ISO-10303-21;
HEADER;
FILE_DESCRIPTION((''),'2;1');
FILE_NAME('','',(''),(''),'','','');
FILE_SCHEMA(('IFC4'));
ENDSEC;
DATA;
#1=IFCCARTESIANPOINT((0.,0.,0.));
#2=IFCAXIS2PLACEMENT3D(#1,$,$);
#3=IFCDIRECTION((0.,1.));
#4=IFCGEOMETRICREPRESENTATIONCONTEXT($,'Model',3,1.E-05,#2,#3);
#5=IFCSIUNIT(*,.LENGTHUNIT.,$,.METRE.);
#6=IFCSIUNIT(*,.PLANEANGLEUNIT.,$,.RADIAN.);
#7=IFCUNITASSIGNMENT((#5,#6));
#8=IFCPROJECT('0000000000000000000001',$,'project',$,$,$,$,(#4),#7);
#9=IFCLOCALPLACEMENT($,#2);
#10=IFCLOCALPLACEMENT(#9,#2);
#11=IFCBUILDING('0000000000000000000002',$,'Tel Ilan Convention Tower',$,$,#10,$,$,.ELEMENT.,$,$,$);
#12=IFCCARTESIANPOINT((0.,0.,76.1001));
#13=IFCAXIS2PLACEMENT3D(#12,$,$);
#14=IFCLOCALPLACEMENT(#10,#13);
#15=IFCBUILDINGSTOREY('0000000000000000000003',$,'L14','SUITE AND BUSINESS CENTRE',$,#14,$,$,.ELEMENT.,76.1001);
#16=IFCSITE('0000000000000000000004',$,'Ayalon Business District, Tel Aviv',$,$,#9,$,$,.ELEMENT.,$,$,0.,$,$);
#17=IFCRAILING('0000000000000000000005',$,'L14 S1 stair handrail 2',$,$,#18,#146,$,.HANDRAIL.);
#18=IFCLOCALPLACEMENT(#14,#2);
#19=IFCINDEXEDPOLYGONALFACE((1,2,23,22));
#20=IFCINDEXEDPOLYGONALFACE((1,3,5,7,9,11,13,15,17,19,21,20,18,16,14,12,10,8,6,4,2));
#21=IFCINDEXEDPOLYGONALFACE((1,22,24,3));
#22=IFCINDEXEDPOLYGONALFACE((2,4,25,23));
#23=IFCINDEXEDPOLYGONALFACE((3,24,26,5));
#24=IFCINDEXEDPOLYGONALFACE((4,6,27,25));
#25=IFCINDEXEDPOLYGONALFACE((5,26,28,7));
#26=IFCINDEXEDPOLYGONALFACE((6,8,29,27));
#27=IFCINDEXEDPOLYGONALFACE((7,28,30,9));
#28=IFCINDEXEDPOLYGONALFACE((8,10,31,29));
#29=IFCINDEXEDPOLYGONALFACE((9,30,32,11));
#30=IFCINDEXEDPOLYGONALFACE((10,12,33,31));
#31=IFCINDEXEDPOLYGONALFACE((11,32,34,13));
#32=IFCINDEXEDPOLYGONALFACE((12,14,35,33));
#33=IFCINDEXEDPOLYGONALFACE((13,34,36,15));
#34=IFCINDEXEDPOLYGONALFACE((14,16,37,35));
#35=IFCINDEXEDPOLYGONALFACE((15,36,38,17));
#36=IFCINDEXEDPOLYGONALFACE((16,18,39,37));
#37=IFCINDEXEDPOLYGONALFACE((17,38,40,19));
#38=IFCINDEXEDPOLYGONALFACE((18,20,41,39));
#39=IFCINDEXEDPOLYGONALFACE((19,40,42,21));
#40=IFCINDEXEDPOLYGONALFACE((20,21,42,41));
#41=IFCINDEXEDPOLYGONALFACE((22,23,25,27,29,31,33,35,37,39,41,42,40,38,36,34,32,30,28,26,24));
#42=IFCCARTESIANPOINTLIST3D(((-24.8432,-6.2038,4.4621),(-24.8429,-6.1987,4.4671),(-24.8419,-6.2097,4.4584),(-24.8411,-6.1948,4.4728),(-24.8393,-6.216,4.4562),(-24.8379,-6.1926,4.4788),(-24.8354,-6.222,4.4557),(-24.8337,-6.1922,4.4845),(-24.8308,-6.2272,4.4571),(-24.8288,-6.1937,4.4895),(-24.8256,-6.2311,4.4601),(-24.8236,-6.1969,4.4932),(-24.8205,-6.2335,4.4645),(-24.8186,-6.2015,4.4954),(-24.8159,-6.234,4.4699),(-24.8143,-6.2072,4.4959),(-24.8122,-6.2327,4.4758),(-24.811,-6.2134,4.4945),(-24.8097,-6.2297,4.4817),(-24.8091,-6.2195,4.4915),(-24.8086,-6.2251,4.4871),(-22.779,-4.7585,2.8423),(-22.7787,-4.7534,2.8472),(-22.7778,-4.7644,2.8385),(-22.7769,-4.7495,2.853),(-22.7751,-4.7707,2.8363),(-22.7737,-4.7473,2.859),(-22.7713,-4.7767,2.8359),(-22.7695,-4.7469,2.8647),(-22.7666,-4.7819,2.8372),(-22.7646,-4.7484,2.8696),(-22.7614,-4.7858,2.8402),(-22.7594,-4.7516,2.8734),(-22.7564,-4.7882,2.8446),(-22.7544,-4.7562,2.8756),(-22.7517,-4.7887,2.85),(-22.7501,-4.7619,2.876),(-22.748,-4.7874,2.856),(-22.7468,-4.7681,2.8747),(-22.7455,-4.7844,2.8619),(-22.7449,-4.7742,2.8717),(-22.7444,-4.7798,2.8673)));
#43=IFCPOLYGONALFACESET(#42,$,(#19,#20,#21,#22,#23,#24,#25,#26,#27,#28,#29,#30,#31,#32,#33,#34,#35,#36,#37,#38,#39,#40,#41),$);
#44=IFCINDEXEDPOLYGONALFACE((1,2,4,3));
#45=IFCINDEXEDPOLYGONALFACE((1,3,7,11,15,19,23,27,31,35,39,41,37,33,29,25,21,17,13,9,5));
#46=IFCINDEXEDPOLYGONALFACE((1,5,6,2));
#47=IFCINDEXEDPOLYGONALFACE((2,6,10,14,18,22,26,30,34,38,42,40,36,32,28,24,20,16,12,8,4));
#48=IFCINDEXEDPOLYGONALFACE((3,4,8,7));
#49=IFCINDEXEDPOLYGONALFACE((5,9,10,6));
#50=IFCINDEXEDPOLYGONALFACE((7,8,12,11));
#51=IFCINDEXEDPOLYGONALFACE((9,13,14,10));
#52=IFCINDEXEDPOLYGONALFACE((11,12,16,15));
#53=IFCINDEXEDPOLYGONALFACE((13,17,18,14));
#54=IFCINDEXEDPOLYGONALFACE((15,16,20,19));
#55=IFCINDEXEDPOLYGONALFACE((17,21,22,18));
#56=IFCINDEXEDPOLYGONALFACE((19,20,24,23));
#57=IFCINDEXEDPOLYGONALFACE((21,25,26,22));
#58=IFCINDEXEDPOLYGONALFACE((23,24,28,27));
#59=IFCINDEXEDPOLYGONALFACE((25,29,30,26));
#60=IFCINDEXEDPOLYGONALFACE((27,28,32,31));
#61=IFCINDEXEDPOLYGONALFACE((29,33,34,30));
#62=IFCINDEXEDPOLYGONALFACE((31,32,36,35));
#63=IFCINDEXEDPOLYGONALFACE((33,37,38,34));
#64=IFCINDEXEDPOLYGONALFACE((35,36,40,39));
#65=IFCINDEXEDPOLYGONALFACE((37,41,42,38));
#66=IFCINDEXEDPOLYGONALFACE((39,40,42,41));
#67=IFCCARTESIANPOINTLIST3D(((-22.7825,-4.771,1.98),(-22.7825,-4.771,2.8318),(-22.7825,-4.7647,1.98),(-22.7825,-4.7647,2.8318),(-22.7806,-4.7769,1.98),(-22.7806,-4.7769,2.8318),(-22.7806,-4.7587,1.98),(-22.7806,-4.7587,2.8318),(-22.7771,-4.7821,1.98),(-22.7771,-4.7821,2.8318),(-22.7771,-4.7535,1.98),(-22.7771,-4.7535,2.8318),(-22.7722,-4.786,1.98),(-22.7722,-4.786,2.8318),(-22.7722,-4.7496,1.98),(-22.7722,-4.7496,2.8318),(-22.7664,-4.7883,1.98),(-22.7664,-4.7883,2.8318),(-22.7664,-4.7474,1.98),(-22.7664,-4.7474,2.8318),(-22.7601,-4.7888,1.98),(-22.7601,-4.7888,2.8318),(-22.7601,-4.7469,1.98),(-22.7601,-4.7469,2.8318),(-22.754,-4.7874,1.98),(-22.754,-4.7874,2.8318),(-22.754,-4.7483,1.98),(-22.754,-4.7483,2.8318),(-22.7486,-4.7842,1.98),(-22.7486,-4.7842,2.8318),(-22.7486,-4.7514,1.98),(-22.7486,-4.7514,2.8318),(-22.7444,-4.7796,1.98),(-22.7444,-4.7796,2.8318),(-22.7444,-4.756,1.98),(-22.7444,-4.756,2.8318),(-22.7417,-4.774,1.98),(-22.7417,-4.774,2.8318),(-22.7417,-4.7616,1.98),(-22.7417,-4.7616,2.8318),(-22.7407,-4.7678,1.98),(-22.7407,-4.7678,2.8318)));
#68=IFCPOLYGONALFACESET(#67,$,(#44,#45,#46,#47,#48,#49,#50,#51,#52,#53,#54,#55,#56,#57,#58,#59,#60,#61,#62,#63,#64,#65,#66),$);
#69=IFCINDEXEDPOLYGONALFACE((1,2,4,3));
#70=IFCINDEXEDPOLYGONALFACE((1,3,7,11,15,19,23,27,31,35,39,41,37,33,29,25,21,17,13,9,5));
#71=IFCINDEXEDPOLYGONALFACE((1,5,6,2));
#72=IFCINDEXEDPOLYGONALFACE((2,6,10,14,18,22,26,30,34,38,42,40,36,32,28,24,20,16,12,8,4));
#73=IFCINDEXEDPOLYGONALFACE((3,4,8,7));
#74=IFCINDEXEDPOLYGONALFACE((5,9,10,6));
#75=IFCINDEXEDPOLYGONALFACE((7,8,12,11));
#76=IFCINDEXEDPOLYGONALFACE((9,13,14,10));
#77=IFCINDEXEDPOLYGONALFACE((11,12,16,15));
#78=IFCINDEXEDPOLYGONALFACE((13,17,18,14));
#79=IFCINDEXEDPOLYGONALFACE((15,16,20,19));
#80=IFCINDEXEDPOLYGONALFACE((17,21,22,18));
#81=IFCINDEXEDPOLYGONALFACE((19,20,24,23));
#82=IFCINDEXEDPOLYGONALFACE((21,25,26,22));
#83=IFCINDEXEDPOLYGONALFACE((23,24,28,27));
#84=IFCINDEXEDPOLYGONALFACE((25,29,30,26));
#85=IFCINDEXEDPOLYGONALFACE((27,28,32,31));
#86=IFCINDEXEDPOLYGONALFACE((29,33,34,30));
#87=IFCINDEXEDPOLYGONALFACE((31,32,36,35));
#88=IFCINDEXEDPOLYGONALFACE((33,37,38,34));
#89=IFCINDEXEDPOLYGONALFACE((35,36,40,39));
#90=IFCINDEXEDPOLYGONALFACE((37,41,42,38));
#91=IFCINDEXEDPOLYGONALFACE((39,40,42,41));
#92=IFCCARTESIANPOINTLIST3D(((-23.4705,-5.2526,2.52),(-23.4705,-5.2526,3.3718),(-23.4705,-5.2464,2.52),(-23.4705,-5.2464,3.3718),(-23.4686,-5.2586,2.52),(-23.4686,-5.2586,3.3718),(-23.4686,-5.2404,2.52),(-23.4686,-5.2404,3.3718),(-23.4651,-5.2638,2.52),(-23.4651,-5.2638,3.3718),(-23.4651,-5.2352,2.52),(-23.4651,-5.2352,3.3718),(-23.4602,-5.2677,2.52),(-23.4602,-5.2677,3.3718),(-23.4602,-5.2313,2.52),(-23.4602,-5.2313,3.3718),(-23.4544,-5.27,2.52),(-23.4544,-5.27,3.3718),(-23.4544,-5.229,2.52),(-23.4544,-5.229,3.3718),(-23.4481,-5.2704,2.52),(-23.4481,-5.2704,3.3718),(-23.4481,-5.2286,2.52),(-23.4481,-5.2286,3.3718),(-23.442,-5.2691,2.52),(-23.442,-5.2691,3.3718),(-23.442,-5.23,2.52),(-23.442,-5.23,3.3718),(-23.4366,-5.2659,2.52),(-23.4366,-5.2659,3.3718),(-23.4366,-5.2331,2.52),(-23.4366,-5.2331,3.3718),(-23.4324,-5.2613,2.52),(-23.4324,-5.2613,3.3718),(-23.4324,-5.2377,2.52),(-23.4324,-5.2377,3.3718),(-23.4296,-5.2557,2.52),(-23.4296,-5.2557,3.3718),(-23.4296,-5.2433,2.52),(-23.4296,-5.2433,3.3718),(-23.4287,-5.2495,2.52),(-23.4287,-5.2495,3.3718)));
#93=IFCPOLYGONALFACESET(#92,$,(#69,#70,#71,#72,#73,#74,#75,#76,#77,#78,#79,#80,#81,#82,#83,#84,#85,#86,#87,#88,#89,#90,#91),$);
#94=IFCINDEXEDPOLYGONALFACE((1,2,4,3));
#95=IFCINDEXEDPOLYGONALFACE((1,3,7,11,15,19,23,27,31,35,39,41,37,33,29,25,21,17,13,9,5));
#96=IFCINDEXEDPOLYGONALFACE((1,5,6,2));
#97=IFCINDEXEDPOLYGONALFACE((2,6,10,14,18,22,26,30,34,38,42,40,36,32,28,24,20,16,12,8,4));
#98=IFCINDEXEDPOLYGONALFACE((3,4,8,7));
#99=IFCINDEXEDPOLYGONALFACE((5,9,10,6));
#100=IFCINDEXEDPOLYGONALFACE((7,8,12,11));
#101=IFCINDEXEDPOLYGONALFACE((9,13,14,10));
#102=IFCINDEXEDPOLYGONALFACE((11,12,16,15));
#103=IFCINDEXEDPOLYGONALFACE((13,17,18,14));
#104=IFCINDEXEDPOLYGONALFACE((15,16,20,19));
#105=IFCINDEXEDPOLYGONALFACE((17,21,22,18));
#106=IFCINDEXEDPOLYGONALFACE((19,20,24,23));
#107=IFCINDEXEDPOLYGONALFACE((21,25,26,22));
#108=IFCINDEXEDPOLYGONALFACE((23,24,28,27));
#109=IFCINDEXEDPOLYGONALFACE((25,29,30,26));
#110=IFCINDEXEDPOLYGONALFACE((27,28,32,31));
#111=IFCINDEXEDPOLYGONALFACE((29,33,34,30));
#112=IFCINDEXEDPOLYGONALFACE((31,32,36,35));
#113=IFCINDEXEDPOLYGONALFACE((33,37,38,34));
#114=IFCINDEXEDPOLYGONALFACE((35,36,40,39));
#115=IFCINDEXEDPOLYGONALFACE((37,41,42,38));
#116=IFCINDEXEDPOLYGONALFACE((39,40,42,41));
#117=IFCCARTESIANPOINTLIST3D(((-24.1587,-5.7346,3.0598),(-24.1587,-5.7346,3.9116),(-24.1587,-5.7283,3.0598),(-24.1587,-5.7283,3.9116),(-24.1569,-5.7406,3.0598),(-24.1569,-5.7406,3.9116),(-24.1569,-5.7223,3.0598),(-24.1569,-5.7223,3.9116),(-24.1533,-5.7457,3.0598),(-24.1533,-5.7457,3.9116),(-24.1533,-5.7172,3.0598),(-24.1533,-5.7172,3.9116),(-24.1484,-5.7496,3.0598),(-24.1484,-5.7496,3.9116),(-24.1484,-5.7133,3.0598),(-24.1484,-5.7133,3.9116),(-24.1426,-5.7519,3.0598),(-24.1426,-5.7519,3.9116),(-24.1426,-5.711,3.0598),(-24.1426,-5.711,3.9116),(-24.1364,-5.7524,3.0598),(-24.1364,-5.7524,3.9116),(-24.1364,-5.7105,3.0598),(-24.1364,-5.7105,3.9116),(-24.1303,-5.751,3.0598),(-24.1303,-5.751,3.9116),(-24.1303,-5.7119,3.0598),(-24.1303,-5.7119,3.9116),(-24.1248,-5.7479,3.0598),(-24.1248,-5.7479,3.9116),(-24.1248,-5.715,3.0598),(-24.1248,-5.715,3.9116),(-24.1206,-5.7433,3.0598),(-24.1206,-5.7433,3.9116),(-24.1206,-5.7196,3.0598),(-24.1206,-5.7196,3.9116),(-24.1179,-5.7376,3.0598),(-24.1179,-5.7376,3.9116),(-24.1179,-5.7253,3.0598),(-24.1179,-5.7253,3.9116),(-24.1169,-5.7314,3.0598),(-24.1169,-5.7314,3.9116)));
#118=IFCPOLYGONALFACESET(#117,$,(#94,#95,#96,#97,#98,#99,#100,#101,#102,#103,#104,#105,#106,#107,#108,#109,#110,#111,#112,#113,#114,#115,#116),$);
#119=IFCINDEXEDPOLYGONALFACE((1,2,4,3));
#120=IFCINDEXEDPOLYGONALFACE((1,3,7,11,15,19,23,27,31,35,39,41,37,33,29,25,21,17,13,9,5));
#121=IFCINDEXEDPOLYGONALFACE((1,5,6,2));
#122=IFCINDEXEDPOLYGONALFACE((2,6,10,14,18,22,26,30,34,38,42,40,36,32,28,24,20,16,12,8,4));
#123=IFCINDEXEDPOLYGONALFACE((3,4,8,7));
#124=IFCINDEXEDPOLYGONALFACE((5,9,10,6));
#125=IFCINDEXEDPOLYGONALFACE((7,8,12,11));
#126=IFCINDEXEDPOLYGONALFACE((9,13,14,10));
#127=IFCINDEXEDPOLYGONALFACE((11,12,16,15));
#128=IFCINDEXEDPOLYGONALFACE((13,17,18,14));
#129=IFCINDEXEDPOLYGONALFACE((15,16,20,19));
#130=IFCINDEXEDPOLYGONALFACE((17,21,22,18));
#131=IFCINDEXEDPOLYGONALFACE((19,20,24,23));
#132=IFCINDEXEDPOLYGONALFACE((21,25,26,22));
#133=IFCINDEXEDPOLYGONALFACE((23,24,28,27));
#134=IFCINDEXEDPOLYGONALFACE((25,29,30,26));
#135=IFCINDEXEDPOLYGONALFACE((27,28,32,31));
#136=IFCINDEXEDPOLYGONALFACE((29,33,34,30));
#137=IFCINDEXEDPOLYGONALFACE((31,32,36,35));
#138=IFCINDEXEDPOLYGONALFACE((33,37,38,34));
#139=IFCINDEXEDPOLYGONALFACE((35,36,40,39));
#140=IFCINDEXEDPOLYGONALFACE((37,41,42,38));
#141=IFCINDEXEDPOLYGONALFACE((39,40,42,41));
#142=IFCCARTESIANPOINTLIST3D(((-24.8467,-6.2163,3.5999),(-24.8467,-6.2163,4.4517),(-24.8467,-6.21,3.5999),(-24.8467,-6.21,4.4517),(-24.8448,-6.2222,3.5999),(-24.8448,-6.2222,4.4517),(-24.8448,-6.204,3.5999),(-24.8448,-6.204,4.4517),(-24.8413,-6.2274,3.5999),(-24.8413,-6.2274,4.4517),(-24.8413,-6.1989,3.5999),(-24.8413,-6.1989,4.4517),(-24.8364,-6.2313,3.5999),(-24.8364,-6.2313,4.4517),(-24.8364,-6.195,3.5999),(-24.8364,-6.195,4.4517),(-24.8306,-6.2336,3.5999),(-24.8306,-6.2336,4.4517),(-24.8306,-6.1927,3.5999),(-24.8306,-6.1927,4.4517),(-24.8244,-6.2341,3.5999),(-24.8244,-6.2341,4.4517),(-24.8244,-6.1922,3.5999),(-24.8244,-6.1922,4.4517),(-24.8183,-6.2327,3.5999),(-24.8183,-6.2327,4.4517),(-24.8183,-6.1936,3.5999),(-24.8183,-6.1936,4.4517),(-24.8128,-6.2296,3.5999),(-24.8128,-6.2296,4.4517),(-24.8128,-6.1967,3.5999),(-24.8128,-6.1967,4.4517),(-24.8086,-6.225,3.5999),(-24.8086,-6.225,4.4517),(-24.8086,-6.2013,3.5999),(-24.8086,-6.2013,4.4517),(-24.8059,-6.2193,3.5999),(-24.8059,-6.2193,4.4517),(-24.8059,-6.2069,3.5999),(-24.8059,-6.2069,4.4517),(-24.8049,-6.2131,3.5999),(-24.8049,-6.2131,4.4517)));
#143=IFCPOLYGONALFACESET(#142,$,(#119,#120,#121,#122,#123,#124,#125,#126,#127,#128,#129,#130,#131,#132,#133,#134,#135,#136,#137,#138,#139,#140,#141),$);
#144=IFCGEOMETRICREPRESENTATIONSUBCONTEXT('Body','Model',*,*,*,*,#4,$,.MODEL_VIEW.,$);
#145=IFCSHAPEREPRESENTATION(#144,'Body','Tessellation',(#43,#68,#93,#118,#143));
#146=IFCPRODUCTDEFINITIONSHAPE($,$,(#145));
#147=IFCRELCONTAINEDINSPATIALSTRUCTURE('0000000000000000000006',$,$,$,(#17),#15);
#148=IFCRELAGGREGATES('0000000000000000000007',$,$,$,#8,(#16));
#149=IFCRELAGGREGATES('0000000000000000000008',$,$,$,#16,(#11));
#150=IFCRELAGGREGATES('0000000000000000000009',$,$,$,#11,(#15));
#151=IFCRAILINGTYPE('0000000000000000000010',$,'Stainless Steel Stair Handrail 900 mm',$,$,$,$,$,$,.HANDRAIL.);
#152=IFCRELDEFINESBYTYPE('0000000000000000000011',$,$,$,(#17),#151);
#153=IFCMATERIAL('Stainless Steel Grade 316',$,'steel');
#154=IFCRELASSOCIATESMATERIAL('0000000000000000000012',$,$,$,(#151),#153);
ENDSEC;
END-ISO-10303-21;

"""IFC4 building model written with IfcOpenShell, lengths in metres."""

from ifc_helpers import new_model, si_unit, direction, frame, origin, origin_2d, place, context, subcontext, project, spatial, circle, extrude, material, type_object, element, save


model = new_model("IFC4")

# Units and contexts
model_context = context("Model", 3, precision=1e-05, world=origin(), true_north=direction((0.0, 1.0)))
body_context = subcontext(model_context, "Body", "Model", "MODEL_VIEW")
ifc_project = project(units=[si_unit("LENGTHUNIT", "METRE"), si_unit("PLANEANGLEUNIT", "RADIAN")], contexts=[model_context])

# Site, building, storey
site_placement = place(None, origin())
site = spatial("IfcSite", under=ifc_project, at=site_placement, Name="Ayalon Business District, Tel Aviv", CompositionType="ELEMENT", RefElevation=0.0)
building_placement = place(site_placement, origin())
building = spatial("IfcBuilding", under=site, at=building_placement, Name="Tel Ilan Convention Tower", CompositionType="ELEMENT")
storey_placement = place(building_placement, frame((0.0, 0.0, 76.1001)))
storey = spatial("IfcBuildingStorey", under=building, at=storey_placement, Name="L14", Description="SUITE AND BUSINESS CENTRE", CompositionType="ELEMENT", Elevation=76.1001)

# Railing
ifc_material_1 = material(Name="Stainless Steel Grade 316", Category="steel")
railing_type_1 = type_object("IfcRailingType", Name="Stainless Steel Stair Handrail 900 mm", PredefinedType="HANDRAIL", material=ifc_material_1)
railing_1_placement = place(storey_placement, frame((-22.7617, -4.7678, 1.98)))
element("IfcRailing", 1, at=railing_1_placement, inside=storey, type_object=railing_type_1, Name="L14 S1 stair handrail 2", PredefinedType="HANDRAIL", context=body_context, shape_type="SweptSolid", body=[
    extrude(circle(Radius=0.0239, at=origin_2d()), frame((0.0, 0.0, 0.876), z_axis=(-0.68907, -0.482472, 0.540743), x_axis=(0.57356, -0.819164, 0.0)), (0.0, 0.0, 1.0), 2.9956),
    extrude(circle(Radius=0.021, at=origin_2d()), origin(), (0.0, 0.0, 1.0), 0.8518),
    extrude(circle(Radius=0.021, at=origin_2d()), frame((-0.688, -0.4817, 0.54)), (0.0, 0.0, 1.0), 0.8518),
    extrude(circle(Radius=0.021, at=origin_2d()), frame((-1.3762, -0.9636, 1.0798)), (0.0, 0.0, 1.0), 0.8518),
    extrude(circle(Radius=0.021, at=origin_2d()), frame((-2.0642, -1.4453, 1.6199)), (0.0, 0.0, 1.0), 0.8518),
])

save(model, "model.ifc")
